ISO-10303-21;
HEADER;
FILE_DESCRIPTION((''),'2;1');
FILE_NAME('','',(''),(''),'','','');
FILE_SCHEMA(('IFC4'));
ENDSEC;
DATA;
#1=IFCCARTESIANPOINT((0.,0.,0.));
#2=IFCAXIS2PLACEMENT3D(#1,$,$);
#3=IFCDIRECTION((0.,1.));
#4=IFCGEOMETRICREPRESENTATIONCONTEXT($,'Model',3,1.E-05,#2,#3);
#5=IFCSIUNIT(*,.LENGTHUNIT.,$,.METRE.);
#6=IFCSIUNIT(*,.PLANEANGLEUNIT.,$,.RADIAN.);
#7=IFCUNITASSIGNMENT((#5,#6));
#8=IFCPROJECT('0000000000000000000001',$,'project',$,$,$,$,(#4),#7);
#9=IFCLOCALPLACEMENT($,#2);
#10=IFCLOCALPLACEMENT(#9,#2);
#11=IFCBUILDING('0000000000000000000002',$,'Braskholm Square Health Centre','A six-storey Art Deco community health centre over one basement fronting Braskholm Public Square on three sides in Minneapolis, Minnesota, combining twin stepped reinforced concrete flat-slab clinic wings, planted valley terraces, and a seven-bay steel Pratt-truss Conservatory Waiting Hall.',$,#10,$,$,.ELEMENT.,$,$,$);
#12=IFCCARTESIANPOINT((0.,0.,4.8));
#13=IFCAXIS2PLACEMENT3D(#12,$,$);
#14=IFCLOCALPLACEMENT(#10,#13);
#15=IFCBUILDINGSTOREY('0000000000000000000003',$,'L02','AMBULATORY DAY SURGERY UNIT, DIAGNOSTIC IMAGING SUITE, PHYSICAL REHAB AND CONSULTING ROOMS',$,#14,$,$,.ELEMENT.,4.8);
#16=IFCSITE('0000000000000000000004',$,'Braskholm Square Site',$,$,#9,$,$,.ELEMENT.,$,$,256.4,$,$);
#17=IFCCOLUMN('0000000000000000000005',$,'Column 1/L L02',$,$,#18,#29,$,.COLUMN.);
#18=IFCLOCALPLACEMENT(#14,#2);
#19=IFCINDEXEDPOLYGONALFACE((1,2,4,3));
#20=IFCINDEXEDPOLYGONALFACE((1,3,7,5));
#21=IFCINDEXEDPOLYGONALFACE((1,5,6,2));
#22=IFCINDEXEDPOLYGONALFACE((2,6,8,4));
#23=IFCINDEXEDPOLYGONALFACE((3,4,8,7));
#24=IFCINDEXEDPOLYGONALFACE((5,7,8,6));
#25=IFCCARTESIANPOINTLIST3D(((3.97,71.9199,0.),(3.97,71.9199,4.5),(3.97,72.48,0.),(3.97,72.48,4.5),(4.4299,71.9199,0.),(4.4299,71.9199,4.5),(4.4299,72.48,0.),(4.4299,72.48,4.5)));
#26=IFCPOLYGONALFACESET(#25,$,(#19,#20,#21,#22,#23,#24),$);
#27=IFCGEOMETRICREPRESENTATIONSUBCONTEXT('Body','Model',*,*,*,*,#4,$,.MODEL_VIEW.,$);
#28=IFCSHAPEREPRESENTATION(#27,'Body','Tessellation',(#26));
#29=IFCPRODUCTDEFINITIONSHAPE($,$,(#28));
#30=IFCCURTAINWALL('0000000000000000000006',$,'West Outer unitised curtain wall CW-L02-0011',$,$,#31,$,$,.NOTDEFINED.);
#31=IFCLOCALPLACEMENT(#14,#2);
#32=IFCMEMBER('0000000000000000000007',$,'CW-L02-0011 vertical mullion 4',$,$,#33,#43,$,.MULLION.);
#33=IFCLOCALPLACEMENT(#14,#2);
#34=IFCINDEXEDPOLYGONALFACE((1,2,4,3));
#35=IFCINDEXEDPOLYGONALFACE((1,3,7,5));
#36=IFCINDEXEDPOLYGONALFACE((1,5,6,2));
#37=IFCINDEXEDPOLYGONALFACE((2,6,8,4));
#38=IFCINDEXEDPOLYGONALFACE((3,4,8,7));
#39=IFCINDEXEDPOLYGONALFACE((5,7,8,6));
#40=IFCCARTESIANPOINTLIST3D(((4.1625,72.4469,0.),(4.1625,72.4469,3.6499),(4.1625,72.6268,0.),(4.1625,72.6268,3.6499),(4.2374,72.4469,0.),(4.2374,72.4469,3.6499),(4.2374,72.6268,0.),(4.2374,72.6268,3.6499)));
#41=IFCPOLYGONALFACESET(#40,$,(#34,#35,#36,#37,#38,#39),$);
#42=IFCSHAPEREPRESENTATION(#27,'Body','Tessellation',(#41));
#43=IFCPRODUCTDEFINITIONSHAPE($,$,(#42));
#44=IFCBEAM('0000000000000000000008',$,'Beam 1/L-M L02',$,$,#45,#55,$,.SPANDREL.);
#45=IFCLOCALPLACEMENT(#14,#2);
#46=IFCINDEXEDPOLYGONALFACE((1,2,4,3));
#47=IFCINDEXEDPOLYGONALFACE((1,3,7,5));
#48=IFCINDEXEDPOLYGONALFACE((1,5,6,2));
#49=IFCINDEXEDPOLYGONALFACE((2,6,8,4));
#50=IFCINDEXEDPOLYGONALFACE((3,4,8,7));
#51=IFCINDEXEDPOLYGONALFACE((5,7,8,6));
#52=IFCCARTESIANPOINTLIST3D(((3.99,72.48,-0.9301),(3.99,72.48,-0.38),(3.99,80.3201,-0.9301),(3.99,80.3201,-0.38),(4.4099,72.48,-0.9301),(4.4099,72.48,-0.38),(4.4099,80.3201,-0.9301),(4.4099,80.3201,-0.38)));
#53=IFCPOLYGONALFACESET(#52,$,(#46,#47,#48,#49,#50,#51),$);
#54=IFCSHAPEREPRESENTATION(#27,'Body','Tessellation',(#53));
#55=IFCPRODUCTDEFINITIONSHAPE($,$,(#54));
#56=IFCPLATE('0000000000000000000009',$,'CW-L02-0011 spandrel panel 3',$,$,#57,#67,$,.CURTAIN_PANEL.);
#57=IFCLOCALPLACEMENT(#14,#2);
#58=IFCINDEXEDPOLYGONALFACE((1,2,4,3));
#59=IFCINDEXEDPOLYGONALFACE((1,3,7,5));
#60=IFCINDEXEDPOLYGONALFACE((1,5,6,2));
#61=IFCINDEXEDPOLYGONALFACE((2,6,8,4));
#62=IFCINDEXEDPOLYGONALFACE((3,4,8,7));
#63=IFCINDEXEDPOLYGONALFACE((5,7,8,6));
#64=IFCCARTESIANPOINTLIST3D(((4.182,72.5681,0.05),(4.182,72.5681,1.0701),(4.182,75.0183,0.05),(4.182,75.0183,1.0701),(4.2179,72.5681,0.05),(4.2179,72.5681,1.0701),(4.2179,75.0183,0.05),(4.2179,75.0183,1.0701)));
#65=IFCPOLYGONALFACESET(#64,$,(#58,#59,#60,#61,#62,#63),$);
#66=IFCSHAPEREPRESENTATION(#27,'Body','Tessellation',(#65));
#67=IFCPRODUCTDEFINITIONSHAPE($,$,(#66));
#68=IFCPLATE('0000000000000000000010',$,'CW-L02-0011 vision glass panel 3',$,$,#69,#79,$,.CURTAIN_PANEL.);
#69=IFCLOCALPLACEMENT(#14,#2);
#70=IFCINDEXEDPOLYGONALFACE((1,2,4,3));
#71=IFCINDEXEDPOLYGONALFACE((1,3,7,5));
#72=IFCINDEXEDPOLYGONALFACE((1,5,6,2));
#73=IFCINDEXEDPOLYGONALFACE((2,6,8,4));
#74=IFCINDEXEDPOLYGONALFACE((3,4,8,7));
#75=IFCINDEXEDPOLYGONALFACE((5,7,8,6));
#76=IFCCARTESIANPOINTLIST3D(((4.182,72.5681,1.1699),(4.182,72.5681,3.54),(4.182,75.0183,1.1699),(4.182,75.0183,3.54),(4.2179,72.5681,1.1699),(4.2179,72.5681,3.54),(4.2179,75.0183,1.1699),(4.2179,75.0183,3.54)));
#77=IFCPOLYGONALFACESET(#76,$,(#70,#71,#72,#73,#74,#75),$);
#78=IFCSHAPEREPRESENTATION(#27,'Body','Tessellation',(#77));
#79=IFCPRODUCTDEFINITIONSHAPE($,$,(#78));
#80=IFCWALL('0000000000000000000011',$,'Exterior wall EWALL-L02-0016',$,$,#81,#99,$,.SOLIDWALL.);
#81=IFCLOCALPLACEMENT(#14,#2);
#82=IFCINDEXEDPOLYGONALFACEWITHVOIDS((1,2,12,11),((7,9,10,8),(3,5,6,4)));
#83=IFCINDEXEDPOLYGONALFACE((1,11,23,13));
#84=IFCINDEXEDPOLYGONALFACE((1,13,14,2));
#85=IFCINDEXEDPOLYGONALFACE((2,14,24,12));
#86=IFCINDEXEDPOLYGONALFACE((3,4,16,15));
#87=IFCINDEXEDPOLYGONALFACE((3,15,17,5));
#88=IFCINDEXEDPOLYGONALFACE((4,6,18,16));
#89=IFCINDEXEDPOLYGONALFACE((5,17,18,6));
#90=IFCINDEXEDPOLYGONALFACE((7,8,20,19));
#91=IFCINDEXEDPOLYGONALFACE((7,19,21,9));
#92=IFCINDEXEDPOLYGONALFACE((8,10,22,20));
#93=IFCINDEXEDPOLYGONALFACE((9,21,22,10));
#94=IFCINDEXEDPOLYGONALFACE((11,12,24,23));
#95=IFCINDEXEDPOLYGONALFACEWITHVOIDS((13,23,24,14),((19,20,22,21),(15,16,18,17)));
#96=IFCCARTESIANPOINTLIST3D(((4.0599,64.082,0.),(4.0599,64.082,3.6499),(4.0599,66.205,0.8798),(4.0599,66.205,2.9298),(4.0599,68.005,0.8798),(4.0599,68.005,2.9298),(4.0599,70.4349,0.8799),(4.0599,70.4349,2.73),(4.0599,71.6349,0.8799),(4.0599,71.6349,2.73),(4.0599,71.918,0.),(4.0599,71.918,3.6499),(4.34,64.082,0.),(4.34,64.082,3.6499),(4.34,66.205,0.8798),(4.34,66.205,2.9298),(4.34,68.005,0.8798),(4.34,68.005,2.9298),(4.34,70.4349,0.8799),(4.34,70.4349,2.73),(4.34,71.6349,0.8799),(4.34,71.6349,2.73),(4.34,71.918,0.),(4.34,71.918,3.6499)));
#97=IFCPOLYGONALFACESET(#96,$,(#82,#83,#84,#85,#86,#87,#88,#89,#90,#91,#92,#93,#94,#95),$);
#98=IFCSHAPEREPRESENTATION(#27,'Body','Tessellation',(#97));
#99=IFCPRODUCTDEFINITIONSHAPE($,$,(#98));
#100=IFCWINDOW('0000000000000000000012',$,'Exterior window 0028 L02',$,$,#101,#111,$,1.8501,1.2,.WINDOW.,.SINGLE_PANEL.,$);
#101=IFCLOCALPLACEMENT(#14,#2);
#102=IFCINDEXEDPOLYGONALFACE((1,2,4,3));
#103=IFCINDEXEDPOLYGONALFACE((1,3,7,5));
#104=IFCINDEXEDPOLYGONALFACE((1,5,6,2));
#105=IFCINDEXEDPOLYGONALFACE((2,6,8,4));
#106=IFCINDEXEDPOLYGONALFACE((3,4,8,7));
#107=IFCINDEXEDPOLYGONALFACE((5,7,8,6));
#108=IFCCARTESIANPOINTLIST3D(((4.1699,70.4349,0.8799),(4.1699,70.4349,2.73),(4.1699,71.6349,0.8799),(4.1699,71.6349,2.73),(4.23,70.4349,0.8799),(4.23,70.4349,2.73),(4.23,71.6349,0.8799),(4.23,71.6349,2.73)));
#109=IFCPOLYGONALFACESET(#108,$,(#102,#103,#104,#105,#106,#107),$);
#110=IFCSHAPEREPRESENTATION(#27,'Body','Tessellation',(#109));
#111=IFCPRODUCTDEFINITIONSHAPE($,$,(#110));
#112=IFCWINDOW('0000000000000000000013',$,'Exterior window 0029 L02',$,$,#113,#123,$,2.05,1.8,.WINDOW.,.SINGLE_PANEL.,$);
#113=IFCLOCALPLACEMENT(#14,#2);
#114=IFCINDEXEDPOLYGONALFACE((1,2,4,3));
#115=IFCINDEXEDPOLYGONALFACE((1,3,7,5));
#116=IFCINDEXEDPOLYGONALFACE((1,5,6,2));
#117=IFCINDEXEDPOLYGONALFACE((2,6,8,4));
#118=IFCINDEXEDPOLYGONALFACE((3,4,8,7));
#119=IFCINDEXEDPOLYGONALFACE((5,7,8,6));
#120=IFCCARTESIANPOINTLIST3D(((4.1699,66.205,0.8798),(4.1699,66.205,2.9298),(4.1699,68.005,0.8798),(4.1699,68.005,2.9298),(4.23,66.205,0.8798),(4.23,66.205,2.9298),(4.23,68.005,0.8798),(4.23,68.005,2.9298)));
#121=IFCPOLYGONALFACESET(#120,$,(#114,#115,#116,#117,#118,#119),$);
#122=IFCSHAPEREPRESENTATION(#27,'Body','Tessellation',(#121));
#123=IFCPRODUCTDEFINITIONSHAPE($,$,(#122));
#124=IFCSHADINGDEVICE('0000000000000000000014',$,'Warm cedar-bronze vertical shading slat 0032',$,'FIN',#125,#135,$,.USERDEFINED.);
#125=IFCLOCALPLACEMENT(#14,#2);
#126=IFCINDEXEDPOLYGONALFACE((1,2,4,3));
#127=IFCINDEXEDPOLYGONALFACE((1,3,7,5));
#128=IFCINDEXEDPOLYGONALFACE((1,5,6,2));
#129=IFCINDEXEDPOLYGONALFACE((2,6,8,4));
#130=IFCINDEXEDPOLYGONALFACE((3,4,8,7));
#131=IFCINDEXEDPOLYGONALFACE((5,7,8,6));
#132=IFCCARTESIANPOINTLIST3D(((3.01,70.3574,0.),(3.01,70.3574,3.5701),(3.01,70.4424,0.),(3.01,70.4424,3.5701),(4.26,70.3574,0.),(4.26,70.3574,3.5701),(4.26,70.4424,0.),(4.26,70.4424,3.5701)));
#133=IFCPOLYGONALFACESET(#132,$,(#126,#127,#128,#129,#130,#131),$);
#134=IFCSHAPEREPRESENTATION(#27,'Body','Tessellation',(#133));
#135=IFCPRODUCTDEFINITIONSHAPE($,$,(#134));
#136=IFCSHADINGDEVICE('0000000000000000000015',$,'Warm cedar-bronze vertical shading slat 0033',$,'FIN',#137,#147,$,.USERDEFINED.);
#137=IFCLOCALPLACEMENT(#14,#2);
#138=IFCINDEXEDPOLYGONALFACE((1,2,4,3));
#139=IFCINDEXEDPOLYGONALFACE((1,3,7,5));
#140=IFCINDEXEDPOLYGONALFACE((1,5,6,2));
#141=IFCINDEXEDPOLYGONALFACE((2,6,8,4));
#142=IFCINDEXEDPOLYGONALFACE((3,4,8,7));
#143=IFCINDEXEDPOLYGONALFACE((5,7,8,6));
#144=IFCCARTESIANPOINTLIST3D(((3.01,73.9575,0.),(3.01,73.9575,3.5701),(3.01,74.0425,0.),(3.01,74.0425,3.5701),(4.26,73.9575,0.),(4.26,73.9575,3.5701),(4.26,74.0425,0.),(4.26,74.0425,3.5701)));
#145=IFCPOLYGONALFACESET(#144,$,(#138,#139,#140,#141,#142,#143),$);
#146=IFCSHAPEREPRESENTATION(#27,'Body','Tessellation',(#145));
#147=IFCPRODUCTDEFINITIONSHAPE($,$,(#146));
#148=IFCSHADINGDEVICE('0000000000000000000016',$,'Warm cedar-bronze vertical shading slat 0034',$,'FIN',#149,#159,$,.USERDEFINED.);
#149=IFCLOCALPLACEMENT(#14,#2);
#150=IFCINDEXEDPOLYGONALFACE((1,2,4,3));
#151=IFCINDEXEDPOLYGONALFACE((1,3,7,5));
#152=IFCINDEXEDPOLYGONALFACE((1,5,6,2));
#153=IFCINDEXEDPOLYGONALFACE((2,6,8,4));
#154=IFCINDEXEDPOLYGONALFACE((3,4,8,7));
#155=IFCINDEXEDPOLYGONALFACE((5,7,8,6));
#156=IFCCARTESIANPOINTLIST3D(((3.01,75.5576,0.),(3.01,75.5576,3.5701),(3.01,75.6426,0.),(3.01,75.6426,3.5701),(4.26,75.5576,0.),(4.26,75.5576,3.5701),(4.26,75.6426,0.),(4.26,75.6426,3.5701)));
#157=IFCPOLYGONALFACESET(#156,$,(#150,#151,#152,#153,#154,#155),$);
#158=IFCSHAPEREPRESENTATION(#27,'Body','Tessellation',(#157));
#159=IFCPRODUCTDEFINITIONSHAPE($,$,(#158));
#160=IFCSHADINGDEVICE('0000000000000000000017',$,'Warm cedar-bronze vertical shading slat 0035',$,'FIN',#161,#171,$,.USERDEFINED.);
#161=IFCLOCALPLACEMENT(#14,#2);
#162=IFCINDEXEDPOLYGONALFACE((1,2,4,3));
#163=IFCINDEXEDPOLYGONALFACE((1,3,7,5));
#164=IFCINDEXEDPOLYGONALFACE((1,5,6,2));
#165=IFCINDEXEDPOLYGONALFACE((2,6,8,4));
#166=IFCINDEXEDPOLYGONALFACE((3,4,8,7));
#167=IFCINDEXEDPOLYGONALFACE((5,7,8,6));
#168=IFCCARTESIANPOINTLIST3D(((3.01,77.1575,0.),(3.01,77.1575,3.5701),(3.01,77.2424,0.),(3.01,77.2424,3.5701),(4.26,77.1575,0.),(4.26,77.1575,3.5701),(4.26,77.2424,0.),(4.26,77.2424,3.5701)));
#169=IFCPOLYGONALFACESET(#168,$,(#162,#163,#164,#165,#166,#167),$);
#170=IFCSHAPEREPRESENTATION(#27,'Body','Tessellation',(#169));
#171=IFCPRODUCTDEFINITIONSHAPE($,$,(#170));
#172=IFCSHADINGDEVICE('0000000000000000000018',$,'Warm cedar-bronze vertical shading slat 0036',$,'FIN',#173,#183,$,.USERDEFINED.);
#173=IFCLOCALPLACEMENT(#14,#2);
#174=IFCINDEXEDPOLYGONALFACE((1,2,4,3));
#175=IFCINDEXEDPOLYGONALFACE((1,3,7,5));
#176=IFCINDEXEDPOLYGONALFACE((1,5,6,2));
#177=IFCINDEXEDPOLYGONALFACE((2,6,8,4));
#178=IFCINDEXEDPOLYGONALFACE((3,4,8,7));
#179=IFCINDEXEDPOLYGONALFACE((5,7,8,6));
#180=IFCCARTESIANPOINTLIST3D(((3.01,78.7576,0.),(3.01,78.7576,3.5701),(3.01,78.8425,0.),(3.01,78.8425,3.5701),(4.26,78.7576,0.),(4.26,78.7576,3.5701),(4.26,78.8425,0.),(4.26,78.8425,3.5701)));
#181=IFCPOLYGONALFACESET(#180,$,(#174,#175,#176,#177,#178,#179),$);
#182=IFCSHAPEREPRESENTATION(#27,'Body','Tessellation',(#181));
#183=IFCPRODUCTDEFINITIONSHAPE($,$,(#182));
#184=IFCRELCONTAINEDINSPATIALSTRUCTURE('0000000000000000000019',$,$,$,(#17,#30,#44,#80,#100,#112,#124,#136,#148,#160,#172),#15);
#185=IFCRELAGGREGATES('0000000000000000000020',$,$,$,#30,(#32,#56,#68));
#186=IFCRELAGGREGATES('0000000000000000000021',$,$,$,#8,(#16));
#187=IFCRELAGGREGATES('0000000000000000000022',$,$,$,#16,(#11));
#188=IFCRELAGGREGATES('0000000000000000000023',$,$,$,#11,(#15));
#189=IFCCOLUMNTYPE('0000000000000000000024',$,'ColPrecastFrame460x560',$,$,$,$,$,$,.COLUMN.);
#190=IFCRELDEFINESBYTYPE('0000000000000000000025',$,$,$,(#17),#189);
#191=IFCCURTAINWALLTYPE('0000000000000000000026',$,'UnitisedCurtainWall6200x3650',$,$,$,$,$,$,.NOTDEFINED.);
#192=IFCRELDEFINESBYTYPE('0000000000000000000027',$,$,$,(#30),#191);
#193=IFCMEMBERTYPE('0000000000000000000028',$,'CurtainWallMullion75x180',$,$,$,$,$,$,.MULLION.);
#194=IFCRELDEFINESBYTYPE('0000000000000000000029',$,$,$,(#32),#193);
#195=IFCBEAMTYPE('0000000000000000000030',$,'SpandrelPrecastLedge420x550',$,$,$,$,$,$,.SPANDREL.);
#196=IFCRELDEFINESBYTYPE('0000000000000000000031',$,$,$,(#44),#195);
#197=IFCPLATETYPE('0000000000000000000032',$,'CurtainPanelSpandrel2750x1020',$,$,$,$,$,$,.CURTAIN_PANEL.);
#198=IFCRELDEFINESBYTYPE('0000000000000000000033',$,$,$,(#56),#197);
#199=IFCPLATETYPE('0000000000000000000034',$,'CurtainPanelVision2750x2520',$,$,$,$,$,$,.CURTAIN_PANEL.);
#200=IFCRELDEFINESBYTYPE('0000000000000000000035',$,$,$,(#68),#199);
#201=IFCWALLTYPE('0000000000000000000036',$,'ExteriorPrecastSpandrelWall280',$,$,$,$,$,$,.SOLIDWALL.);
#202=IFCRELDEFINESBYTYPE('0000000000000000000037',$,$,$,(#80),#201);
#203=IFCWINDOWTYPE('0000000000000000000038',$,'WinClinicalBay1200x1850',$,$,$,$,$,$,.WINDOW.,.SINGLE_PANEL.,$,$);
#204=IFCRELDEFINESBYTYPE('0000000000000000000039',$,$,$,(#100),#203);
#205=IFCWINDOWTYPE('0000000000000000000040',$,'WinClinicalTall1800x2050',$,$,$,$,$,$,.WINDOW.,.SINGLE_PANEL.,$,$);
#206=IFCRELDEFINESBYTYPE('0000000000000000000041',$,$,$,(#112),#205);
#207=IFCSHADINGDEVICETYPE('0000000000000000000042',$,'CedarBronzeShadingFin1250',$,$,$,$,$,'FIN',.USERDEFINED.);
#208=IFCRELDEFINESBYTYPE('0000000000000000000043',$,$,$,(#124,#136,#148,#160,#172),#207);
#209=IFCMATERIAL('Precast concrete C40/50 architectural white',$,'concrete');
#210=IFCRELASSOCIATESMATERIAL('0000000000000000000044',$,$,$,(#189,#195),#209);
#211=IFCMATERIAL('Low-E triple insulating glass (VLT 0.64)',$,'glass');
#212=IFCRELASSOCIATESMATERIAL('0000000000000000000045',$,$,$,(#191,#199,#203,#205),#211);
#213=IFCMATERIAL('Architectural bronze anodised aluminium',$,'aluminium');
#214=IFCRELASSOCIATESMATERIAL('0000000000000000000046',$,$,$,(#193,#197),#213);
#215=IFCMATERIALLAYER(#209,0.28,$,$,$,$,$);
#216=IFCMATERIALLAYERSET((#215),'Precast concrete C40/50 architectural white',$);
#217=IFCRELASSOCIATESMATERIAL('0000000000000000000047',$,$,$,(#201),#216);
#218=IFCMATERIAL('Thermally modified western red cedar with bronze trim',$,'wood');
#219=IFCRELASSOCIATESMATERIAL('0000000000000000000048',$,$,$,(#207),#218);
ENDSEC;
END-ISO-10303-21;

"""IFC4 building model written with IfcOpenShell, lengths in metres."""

from ifc_helpers import new_model, si_unit, direction, frame, frame_2d, origin, origin_with_axes, origin_2d, place, context, subcontext, project, spatial, rectangle, extrude, material, layer, layer_set, material_profile, profile_set, type_object, element, fill, aggregate, save


model = new_model("IFC4")

# Units and contexts
model_context = context("Model", 3, precision=1e-05, world=origin(), true_north=direction((0.0, 1.0)))
body_context = subcontext(model_context, "Body", "Model", "MODEL_VIEW")
ifc_project = project(units=[si_unit("LENGTHUNIT", "METRE"), si_unit("PLANEANGLEUNIT", "RADIAN")], contexts=[model_context])

# Site, building, storey
site_placement = place(None, origin())
site = spatial("IfcSite", under=ifc_project, at=site_placement, Name="Braskholm Square Site", CompositionType="ELEMENT", RefElevation=256.4)
building_placement = place(site_placement, origin())
building = spatial("IfcBuilding", under=site, at=building_placement, Name="Braskholm Square Health Centre", Description="A six-storey Art Deco community health centre over one basement fronting Braskholm Public Square on three sides in Minneapolis, Minnesota, combining twin stepped reinforced concrete flat-slab clinic wings, planted valley terraces, and a seven-bay steel Pratt-truss Conservatory Waiting Hall.", CompositionType="ELEMENT")
storey_placement = place(building_placement, frame((0.0, 0.0, 4.8)))
storey = spatial("IfcBuildingStorey", under=building, at=storey_placement, Name="L02", Description="AMBULATORY DAY SURGERY UNIT, DIAGNOSTIC IMAGING SUITE, PHYSICAL REHAB AND CONSULTING ROOMS", CompositionType="ELEMENT", Elevation=4.8)

# Column
ifc_material_1 = material(Name="Precast concrete C40/50 architectural white", Category="concrete")
ifc_material_profile_1 = material_profile(ifc_material_1, rectangle(XDim=0.46, YDim=0.5601, at=origin_2d()), Name="RC-460X560")
ifc_profile_set_1 = profile_set([ifc_material_profile_1], Name="Precast concrete C40/50 architectural white")
column_type = type_object("IfcColumnType", Name="ColPrecastFrame460x560", PredefinedType="COLUMN", material=ifc_profile_set_1)
column_placement = place(storey_placement, frame((4.2, 72.2, 0.0), z_axis=(0.0, 0.0, 1.0), x_axis=(1.0, 0.0, 0.0)))
element("IfcColumn", 1, at=column_placement, inside=storey, type_object=column_type, Name="Column 1/L L02", PredefinedType="COLUMN", context=body_context, shape_type="SweptSolid", body=[
    extrude(rectangle(XDim=0.46, YDim=0.5601, at=origin_2d()), origin(), (0.0, 0.0, 1.0), 4.5),
])

# Curtain wall, member
ifc_material_2 = material(Name="Low-E triple insulating glass (VLT 0.64)", Category="glass")
curtain_wall_type = type_object("IfcCurtainWallType", Name="UnitisedCurtainWall6200x3650", PredefinedType="NOTDEFINED", material=ifc_material_2)
curtain_wall_placement = place(storey_placement, origin())
curtain_wall = element("IfcCurtainWall", 2, at=curtain_wall_placement, inside=storey, type_object=curtain_wall_type, Name="West Outer unitised curtain wall CW-L02-0011", PredefinedType="NOTDEFINED")
ifc_material_3 = material(Name="Architectural bronze anodised aluminium", Category="aluminium")
ifc_material_profile_2 = material_profile(ifc_material_3, rectangle(XDim=0.075, YDim=0.1799, at=origin_2d()), Name="ALU-75X180")
ifc_profile_set_2 = profile_set([ifc_material_profile_2], Name="Architectural bronze anodised aluminium")
member_type = type_object("IfcMemberType", Name="CurtainWallMullion75x180", PredefinedType="MULLION", material=ifc_profile_set_2)
member_placement = place(storey_placement, frame((4.2, 72.5369, 0.0), z_axis=(0.0, 0.0, 1.0), x_axis=(1.0, 0.0, 0.0)))
member = element("IfcMember", 3, at=member_placement, type_object=member_type, Name="CW-L02-0011 vertical mullion 4", PredefinedType="MULLION", context=body_context, shape_type="SweptSolid", body=[
    extrude(rectangle(XDim=0.075, YDim=0.1799, at=origin_2d()), origin(), (0.0, 0.0, 1.0), 3.6499),
])

# Beam
ifc_material_profile_3 = material_profile(ifc_material_1, rectangle(XDim=0.4199, YDim=0.55, at=origin_2d()), Name="RCB-420X550")
ifc_profile_set_3 = profile_set([ifc_material_profile_3], Name="Precast concrete C40/50 architectural white")
beam_type = type_object("IfcBeamType", Name="SpandrelPrecastLedge420x550", PredefinedType="SPANDREL", material=ifc_profile_set_3)
beam_placement = place(storey_placement, frame((4.2, 72.48, -0.655), z_axis=(0.0, 1.0, 0.0), x_axis=(-1.0, 0.0, 0.0)))
element("IfcBeam", 4, at=beam_placement, inside=storey, type_object=beam_type, Name="Beam 1/L-M L02", PredefinedType="SPANDREL", context=body_context, shape_type="SweptSolid", body=[
    extrude(rectangle(XDim=0.4199, YDim=0.55, at=origin_2d()), origin(), (0.0, 0.0, 1.0), 7.8401),
])

# Plates
plate_type_1 = type_object("IfcPlateType", Name="CurtainPanelSpandrel2750x1020", PredefinedType="CURTAIN_PANEL", material=ifc_material_3)
plate_1_placement = place(storey_placement, frame((4.2, 73.7932, 0.05), z_axis=(0.0, 0.0, 1.0), x_axis=(0.0, -1.0, 0.0)))
plate_1 = element("IfcPlate", 5, at=plate_1_placement, type_object=plate_type_1, Name="CW-L02-0011 spandrel panel 3", PredefinedType="CURTAIN_PANEL", context=body_context, shape_type="SweptSolid", body=[
    extrude(rectangle(XDim=2.4502, YDim=0.0359, at=origin_2d()), origin(), (0.0, 0.0, 1.0), 1.02),
])
plate_type_2 = type_object("IfcPlateType", Name="CurtainPanelVision2750x2520", PredefinedType="CURTAIN_PANEL", material=ifc_material_2)
plate_2_placement = place(storey_placement, frame((4.2, 73.7932, 1.1699), z_axis=(0.0, 0.0, 1.0), x_axis=(0.0, -1.0, 0.0)))
plate_2 = element("IfcPlate", 6, at=plate_2_placement, type_object=plate_type_2, Name="CW-L02-0011 vision glass panel 3", PredefinedType="CURTAIN_PANEL", context=body_context, shape_type="SweptSolid", body=[
    extrude(rectangle(XDim=2.4502, YDim=0.0359, at=origin_2d()), origin(), (0.0, 0.0, 1.0), 2.3701),
])
aggregate(curtain_wall, [member, plate_1, plate_2])

# Wall, openings, windows
ifc_layer_1 = layer(ifc_material_1, 0.28)
ifc_layer_set_1 = layer_set([ifc_layer_1], Name="Precast concrete C40/50 architectural white")
wall_type = type_object("IfcWallType", Name="ExteriorPrecastSpandrelWall280", PredefinedType="SOLIDWALL", material=ifc_layer_set_1)
wall_placement = place(storey_placement, frame((4.2, 71.918, 0.0), z_axis=(0.0, 0.0, 1.0), x_axis=(0.0, -1.0, 0.0)))
wall = element("IfcWall", 7, at=wall_placement, inside=storey, type_object=wall_type, Name="Exterior wall EWALL-L02-0016", PredefinedType="SOLIDWALL", context=body_context, shape_type="SweptSolid", body=[
    extrude(rectangle(XDim=7.8359, YDim=0.28, at=frame_2d((3.918, 0.0))), origin(), (0.0, 0.0, 1.0), 3.6499),
])
opening_1_placement = place(wall_placement, frame((0.283, 0.0, 0.8799)))
opening_1 = element("IfcOpeningElement", 8, at=opening_1_placement, cuts=wall, PredefinedType="OPENING", context=body_context, shape_type="SweptSolid", body=[
    extrude(rectangle(XDim=1.2, YDim=1.8501, at=frame_2d((0.6001, 0.925))), frame((0.0, 0.1499, 0.0), z_axis=(0.0, -1.0, 0.0), x_axis=(1.0, 0.0, 0.0)), (0.0, 0.0, 1.0), 0.3),
])
opening_2_placement = place(wall_placement, frame((3.9131, 0.0, 0.8799)))
opening_2 = element("IfcOpeningElement", 9, at=opening_2_placement, cuts=wall, PredefinedType="OPENING", context=body_context, shape_type="SweptSolid", body=[
    extrude(rectangle(XDim=1.8, YDim=2.05, at=frame_2d((0.8999, 1.0249))), frame((0.0, 0.1499, 0.0), z_axis=(0.0, -1.0, 0.0), x_axis=(1.0, 0.0, 0.0)), (0.0, 0.0, 1.0), 0.3),
])
window_type_1 = type_object("IfcWindowType", Name="WinClinicalBay1200x1850", PartitioningType="SINGLE_PANEL", PredefinedType="WINDOW", material=ifc_material_2)
window_1_placement = place(opening_1_placement, origin_with_axes())
window_1 = element("IfcWindow", 10, at=window_1_placement, inside=storey, type_object=window_type_1, Name="Exterior window 0028 L02", OverallHeight=1.8501, OverallWidth=1.2, PartitioningType="SINGLE_PANEL", PredefinedType="WINDOW", context=body_context, shape_type="SweptSolid", body=[
    extrude(rectangle(XDim=1.2, YDim=1.8501, at=frame_2d((0.6001, 0.925))), frame((0.0, 0.03, 0.0), z_axis=(0.0, -1.0, 0.0), x_axis=(1.0, 0.0, 0.0)), (0.0, 0.0, 1.0), 0.0601),
])
fill(opening_1, window_1)
window_type_2 = type_object("IfcWindowType", Name="WinClinicalTall1800x2050", PartitioningType="SINGLE_PANEL", PredefinedType="WINDOW", material=ifc_material_2)
window_2_placement = place(opening_2_placement, origin_with_axes())
window_2 = element("IfcWindow", 11, at=window_2_placement, inside=storey, type_object=window_type_2, Name="Exterior window 0029 L02", OverallHeight=2.05, OverallWidth=1.8, PartitioningType="SINGLE_PANEL", PredefinedType="WINDOW", context=body_context, shape_type="SweptSolid", body=[
    extrude(rectangle(XDim=1.8, YDim=2.05, at=frame_2d((0.8999, 1.0249))), frame((0.0, 0.03, 0.0), z_axis=(0.0, -1.0, 0.0), x_axis=(1.0, 0.0, 0.0)), (0.0, 0.0, 1.0), 0.0601),
])
fill(opening_2, window_2)

# Shading devices
ifc_material_4 = material(Name="Thermally modified western red cedar with bronze trim", Category="wood")
shading_device_type = type_object("IfcShadingDeviceType", Name="CedarBronzeShadingFin1250", ElementType="FIN", PredefinedType="USERDEFINED", material=ifc_material_4)
for number, where, z_axis, x_axis, name in (
    (12, (3.635, 70.3999, 0.0), (0.0, 0.0, 1.0), (1.0, 0.0, 0.0), "Warm cedar-bronze vertical shading slat 0032"),
    (13, (3.635, 74.0, 0.0), (0.0, 0.0, 1.0), (1.0, 0.0, 0.0), "Warm cedar-bronze vertical shading slat 0033"),
    (14, (3.635, 75.6001, 0.0), (0.0, 0.0, 1.0), (1.0, 0.0, 0.0), "Warm cedar-bronze vertical shading slat 0034"),
    (15, (3.635, 77.2, 0.0), (0.0, 0.0, 1.0), (1.0, 0.0, 0.0), "Warm cedar-bronze vertical shading slat 0035"),
    (16, (3.635, 78.8, 0.0), (0.0, 0.0, 1.0), (1.0, 0.0, 0.0), "Warm cedar-bronze vertical shading slat 0036"),
):
    element("IfcShadingDevice", number, at=place(storey_placement, frame(where, z_axis=z_axis, x_axis=x_axis)), inside=storey, type_object=shading_device_type, Name=name, ObjectType="FIN", PredefinedType="USERDEFINED", context=body_context, shape_type="SweptSolid", body=[
        extrude(rectangle(XDim=1.25, YDim=0.085, at=origin_2d()), origin(), (0.0, 0.0, 1.0), 3.5701),
    ])

save(model, "model.ifc")
